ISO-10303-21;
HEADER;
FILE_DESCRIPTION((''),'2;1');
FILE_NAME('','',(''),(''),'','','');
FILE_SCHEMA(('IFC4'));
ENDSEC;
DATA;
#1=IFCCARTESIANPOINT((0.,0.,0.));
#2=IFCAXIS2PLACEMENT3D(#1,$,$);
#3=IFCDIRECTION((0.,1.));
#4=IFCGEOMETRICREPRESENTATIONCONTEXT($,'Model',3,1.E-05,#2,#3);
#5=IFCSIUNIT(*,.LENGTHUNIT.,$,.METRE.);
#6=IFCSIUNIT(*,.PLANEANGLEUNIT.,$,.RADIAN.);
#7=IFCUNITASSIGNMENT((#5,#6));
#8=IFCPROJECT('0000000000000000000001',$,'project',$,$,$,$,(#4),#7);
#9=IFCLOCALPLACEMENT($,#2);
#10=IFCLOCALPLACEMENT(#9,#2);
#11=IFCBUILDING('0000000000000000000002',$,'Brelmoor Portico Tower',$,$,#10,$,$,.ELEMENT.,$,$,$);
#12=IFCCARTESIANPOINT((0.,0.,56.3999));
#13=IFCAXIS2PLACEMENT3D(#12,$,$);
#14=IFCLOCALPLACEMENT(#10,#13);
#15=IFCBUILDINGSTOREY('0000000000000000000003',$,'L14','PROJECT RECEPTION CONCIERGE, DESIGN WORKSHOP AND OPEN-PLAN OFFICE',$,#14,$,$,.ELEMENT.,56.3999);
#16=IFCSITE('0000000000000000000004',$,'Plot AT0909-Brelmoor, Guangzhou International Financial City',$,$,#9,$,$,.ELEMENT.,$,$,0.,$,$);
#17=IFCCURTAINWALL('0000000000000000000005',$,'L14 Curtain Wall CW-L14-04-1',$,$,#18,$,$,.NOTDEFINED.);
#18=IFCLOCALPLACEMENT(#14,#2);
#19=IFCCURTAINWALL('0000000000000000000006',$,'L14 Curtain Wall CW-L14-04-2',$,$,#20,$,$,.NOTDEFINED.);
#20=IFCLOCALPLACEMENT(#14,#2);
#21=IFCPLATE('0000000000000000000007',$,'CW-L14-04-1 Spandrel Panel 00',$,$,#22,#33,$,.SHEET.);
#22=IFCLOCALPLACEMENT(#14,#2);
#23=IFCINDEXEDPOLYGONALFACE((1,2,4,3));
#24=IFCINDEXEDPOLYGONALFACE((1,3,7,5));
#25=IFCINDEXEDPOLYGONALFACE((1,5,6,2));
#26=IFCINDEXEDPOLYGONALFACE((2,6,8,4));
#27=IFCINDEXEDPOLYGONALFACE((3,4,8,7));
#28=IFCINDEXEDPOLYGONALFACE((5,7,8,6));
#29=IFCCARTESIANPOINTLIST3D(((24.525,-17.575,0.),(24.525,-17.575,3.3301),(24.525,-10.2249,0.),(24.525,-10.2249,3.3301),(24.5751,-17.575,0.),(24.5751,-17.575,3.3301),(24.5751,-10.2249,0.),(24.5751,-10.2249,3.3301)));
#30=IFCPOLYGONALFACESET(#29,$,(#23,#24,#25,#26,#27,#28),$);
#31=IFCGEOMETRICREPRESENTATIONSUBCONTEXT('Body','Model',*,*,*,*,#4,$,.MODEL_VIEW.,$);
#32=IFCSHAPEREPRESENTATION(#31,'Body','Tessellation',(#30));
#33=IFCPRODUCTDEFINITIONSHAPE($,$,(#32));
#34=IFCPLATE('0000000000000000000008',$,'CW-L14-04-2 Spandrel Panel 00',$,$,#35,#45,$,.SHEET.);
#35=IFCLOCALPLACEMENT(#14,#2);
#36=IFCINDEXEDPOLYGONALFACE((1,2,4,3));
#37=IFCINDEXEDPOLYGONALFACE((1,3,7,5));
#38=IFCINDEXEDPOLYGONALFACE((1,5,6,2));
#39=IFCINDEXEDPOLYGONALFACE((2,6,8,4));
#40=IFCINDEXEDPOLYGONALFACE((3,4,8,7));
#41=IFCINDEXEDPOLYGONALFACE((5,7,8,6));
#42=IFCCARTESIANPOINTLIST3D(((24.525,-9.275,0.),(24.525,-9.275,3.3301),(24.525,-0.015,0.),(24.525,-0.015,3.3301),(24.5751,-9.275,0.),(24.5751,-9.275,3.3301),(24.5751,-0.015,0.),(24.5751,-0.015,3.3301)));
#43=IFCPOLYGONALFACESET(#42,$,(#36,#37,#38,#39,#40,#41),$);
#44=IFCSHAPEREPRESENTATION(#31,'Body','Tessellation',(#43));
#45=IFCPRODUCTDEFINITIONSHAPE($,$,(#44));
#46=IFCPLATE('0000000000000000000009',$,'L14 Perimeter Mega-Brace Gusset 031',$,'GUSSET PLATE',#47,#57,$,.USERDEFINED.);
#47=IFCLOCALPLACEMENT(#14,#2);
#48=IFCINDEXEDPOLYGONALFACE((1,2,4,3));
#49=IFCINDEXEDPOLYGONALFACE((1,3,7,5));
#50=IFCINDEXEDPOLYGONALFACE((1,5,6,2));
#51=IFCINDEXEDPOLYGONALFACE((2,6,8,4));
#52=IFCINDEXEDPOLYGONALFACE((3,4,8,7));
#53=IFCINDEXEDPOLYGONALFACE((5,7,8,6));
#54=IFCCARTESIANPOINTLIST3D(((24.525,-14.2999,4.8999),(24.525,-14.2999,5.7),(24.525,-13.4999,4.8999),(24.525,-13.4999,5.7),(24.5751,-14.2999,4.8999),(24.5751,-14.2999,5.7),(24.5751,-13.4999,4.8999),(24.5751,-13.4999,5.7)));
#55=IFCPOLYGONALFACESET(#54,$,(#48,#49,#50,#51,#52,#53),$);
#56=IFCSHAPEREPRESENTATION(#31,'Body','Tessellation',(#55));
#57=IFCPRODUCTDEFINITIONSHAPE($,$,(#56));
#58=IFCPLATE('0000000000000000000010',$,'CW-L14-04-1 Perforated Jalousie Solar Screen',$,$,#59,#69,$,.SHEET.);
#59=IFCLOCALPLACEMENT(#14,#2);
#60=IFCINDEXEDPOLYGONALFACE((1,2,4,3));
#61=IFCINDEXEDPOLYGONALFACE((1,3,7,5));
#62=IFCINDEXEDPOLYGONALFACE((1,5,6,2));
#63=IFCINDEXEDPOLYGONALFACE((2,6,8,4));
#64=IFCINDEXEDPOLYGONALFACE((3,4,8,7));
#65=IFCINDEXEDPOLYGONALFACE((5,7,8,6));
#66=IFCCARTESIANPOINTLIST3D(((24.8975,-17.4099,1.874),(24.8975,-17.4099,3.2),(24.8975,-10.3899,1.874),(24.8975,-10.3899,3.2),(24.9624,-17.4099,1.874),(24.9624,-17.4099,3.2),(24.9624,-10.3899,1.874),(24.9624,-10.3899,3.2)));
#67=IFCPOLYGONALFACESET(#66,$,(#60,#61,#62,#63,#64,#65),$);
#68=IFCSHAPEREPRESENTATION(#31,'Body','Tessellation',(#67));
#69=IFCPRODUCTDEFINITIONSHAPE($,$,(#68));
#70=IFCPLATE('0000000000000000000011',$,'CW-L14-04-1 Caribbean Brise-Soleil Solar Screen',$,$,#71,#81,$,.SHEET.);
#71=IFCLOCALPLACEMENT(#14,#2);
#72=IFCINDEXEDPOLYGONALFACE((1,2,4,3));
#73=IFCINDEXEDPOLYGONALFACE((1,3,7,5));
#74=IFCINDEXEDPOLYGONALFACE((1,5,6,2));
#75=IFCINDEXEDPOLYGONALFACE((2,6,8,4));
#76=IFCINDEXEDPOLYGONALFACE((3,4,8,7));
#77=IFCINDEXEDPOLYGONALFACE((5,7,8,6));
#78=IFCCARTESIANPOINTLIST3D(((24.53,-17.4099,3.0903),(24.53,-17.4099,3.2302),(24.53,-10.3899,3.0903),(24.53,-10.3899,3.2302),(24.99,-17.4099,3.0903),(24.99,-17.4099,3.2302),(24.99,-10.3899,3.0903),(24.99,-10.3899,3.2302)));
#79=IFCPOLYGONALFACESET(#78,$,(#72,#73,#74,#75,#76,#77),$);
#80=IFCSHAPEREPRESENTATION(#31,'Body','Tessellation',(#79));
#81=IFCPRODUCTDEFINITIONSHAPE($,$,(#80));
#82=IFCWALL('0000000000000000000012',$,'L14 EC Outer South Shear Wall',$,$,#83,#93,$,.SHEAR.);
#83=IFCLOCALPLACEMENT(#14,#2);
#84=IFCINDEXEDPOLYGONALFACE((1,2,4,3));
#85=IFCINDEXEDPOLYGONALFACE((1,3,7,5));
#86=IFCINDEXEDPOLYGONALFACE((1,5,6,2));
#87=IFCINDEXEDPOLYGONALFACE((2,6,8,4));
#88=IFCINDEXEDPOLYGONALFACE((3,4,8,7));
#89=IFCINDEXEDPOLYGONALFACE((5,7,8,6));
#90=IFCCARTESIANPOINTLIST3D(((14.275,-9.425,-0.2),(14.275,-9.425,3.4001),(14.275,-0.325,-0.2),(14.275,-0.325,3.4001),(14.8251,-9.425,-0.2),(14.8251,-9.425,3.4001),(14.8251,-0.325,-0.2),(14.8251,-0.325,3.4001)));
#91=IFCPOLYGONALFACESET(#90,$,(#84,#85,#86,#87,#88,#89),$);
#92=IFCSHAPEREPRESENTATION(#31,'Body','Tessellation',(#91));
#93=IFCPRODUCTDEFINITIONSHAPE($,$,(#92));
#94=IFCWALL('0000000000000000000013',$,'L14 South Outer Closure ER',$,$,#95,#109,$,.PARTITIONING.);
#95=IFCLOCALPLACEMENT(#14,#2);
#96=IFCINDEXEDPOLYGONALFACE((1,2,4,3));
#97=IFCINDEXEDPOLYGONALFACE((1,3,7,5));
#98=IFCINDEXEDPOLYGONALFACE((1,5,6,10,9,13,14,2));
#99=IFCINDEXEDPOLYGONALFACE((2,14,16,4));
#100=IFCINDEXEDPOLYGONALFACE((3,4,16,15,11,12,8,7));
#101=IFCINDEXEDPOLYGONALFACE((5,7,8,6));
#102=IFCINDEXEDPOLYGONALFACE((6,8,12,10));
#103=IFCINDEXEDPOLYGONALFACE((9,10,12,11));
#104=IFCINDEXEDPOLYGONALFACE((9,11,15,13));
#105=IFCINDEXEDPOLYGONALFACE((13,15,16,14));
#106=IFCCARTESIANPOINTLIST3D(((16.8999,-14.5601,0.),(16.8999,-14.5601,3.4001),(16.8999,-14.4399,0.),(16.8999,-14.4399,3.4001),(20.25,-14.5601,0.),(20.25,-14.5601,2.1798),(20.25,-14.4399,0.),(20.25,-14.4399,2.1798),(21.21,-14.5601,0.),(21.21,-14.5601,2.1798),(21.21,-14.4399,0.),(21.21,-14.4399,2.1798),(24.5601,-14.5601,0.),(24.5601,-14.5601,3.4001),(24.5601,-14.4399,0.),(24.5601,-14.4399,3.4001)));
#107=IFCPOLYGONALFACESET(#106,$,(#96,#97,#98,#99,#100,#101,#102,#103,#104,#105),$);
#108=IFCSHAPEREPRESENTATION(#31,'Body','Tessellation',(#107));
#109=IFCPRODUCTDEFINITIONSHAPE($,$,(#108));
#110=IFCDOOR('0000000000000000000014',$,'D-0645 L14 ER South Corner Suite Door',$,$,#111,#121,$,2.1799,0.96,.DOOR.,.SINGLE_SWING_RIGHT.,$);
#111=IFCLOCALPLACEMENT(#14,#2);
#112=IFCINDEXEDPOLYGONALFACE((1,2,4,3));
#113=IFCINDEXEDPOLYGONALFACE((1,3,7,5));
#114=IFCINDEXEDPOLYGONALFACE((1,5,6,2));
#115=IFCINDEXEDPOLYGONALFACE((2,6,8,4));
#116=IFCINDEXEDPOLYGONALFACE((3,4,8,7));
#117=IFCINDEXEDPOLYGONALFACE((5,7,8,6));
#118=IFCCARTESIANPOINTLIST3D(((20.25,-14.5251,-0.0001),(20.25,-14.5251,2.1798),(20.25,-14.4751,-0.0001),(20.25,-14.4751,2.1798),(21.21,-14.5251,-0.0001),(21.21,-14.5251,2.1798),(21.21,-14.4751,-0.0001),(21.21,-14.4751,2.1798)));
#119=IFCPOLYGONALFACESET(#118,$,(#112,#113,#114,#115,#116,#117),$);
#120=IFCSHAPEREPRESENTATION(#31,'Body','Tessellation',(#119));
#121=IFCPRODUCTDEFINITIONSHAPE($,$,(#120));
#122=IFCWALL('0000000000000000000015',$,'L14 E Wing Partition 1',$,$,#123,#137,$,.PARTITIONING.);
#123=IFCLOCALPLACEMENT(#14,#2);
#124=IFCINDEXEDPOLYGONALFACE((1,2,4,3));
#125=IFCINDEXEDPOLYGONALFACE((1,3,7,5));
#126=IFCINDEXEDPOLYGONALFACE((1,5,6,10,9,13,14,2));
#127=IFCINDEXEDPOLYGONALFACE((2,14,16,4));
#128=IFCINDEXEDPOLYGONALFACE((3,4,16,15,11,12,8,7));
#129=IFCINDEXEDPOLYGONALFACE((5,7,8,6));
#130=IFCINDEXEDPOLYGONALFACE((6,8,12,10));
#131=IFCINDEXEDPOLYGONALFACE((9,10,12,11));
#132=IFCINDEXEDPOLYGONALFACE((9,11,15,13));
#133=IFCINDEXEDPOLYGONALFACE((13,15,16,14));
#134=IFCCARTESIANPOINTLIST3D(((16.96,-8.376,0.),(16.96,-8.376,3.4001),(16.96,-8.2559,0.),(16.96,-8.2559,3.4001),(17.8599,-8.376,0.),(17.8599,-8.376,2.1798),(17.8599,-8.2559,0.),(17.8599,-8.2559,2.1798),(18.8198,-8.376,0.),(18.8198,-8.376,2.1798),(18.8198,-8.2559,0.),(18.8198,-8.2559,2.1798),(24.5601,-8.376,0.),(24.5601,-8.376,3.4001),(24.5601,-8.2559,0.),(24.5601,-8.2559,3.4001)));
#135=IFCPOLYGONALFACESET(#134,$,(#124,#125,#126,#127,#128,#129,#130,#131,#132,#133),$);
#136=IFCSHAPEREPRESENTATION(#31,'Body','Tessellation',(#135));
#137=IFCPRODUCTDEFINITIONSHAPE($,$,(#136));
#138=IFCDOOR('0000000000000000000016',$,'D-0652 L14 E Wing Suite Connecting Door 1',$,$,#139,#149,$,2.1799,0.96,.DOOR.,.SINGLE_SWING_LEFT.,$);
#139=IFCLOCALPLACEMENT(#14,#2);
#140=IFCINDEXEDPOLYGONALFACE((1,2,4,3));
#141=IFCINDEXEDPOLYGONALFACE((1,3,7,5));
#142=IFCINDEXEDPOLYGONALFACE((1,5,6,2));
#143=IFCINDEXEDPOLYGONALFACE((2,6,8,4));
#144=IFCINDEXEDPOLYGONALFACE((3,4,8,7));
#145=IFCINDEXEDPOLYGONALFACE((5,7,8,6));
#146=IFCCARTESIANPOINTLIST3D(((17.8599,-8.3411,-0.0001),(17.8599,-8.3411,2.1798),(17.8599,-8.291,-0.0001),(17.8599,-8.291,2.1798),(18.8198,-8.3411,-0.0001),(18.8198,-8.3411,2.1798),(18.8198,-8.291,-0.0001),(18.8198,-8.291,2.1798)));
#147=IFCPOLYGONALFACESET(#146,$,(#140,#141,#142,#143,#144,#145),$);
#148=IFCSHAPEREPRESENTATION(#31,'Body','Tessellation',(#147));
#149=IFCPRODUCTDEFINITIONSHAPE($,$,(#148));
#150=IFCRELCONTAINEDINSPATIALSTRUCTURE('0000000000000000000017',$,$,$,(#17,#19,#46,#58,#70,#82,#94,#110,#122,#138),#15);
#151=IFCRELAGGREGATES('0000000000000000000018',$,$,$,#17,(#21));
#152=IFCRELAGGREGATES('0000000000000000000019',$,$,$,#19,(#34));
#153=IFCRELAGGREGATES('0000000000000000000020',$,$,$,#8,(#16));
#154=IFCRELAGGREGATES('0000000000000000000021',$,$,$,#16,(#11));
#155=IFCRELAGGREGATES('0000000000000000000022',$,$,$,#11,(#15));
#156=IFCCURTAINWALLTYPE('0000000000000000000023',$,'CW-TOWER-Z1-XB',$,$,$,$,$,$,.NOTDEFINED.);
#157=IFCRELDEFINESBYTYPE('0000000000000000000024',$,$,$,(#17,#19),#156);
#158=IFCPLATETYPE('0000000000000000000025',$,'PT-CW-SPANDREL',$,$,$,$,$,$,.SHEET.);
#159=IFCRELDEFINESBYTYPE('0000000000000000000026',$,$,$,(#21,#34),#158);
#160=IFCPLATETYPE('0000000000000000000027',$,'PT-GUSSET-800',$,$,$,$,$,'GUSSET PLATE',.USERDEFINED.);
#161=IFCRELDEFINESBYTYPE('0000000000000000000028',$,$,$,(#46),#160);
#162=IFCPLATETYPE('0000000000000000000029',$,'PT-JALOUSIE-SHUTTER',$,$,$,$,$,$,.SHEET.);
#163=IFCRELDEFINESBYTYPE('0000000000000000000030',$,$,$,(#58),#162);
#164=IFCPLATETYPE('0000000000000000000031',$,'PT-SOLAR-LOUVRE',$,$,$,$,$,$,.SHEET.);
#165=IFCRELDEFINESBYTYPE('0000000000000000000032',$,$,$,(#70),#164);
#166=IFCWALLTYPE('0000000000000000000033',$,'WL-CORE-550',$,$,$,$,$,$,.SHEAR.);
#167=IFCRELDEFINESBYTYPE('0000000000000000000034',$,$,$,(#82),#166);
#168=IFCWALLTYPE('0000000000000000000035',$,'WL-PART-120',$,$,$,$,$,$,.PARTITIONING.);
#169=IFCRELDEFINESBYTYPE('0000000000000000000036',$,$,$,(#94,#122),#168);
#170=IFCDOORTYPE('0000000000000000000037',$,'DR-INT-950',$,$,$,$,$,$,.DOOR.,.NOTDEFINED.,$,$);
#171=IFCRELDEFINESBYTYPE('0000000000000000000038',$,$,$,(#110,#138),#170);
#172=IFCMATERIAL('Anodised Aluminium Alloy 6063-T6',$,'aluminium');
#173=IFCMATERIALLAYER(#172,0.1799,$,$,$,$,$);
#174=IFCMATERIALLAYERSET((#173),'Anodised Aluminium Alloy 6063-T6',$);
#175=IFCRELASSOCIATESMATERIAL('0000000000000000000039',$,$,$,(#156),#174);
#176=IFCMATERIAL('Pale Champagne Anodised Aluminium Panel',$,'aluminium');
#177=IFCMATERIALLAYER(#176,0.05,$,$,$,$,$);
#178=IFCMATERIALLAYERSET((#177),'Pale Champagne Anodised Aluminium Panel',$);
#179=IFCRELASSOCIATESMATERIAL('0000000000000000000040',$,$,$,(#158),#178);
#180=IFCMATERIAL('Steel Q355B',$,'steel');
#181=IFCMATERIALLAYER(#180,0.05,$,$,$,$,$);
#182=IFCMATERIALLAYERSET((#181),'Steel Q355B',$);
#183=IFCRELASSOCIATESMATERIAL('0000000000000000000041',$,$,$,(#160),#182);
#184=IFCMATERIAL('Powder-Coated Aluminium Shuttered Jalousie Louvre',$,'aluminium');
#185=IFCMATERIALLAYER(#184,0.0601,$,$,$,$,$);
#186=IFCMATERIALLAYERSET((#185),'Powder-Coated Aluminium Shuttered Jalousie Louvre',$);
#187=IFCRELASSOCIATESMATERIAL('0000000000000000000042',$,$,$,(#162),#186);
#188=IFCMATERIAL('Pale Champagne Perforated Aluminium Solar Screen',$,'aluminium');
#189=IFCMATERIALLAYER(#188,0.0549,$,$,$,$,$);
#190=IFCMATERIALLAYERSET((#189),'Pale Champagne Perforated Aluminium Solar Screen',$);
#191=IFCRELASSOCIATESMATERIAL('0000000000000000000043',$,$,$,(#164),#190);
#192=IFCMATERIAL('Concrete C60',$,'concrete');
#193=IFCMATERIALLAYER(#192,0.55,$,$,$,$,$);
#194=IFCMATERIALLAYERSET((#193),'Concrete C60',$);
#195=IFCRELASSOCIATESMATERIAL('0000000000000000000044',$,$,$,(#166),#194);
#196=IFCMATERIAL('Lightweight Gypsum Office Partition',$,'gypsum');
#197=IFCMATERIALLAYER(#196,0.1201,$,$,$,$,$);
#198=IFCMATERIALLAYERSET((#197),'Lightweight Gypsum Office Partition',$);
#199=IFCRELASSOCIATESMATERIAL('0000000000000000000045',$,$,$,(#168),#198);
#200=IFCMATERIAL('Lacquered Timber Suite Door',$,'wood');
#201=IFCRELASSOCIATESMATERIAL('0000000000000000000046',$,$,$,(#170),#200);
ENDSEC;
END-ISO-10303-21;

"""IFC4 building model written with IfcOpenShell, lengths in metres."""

from ifc_helpers import new_model, si_unit, direction, frame, frame_2d, origin, origin_2d, place, context, subcontext, project, spatial, rectangle, extrude, material, layer, layer_set, type_object, element, fill, aggregate, save


model = new_model("IFC4")

# Units and contexts
model_context = context("Model", 3, precision=1e-05, world=origin(), true_north=direction((0.0, 1.0)))
body_context = subcontext(model_context, "Body", "Model", "MODEL_VIEW")
ifc_project = project(units=[si_unit("LENGTHUNIT", "METRE"), si_unit("PLANEANGLEUNIT", "RADIAN")], contexts=[model_context])

# Site, building, storey
site_placement = place(None, origin())
site = spatial("IfcSite", under=ifc_project, at=site_placement, Name="Plot AT0909-Brelmoor, Guangzhou International Financial City", CompositionType="ELEMENT", RefElevation=0.0)
building_placement = place(site_placement, origin())
building = spatial("IfcBuilding", under=site, at=building_placement, Name="Brelmoor Portico Tower", CompositionType="ELEMENT")
storey_placement = place(building_placement, frame((0.0, 0.0, 56.3999)))
storey = spatial("IfcBuildingStorey", under=building, at=storey_placement, Name="L14", Description="PROJECT RECEPTION CONCIERGE, DESIGN WORKSHOP AND OPEN-PLAN OFFICE", CompositionType="ELEMENT", Elevation=56.3999)

# Shared definitions
ifc_material_1 = material(Name="Steel Q355B", Category="steel")

# Curtain wall
ifc_material_2 = material(Name="Anodised Aluminium Alloy 6063-T6", Category="aluminium")
ifc_layer_1 = layer(ifc_material_2, 0.1799)
ifc_layer_set_1 = layer_set([ifc_layer_1], Name="Anodised Aluminium Alloy 6063-T6")
curtain_wall_type = type_object("IfcCurtainWallType", Name="CW-TOWER-Z1-XB", PredefinedType="NOTDEFINED", material=ifc_layer_set_1)
curtain_wall_1_placement = place(storey_placement, origin())
curtain_wall_1 = element("IfcCurtainWall", 1, at=curtain_wall_1_placement, inside=storey, type_object=curtain_wall_type, Name="L14 Curtain Wall CW-L14-04-1", PredefinedType="NOTDEFINED")

# Curtain wall
curtain_wall_2_placement = place(storey_placement, origin())
curtain_wall_2 = element("IfcCurtainWall", 2, at=curtain_wall_2_placement, inside=storey, type_object=curtain_wall_type, Name="L14 Curtain Wall CW-L14-04-2", PredefinedType="NOTDEFINED")

# Plates
ifc_material_3 = material(Name="Pale Champagne Anodised Aluminium Panel", Category="aluminium")
ifc_layer_2 = layer(ifc_material_3, 0.05)
ifc_layer_set_2 = layer_set([ifc_layer_2], Name="Pale Champagne Anodised Aluminium Panel")
plate_type_1 = type_object("IfcPlateType", Name="PT-CW-SPANDREL", PredefinedType="SHEET", material=ifc_layer_set_2)
plate_1_placement = place(storey_placement, frame((24.55, -13.8999, 0.0), z_axis=(0.0, 0.0, 1.0), x_axis=(0.0, 1.0, 0.0)))
plate_1 = element("IfcPlate", 3, at=plate_1_placement, type_object=plate_type_1, Name="CW-L14-04-1 Spandrel Panel 00", PredefinedType="SHEET", context=body_context, shape_type="SweptSolid", body=[
    extrude(rectangle(XDim=7.3501, YDim=0.05, at=origin_2d()), origin(), (0.0, 0.0, 1.0), 3.3301),
])
aggregate(curtain_wall_1, [plate_1])
plate_2_placement = place(storey_placement, frame((24.55, -4.645, 0.0), z_axis=(0.0, 0.0, 1.0), x_axis=(0.0, 1.0, 0.0)))
plate_2 = element("IfcPlate", 4, at=plate_2_placement, type_object=plate_type_1, Name="CW-L14-04-2 Spandrel Panel 00", PredefinedType="SHEET", context=body_context, shape_type="SweptSolid", body=[
    extrude(rectangle(XDim=9.26, YDim=0.05, at=origin_2d()), origin(), (0.0, 0.0, 1.0), 3.3301),
])
aggregate(curtain_wall_2, [plate_2])

# Plates
ifc_layer_3 = layer(ifc_material_1, 0.05)
ifc_layer_set_3 = layer_set([ifc_layer_3], Name="Steel Q355B")
plate_type_2 = type_object("IfcPlateType", Name="PT-GUSSET-800", ElementType="GUSSET PLATE", PredefinedType="USERDEFINED", material=ifc_layer_set_3)
plate_3_placement = place(storey_placement, frame((24.55, -13.8999, 4.8999), z_axis=(0.0, 0.0, 1.0), x_axis=(1.0, 0.0, 0.0)))
element("IfcPlate", 5, at=plate_3_placement, inside=storey, type_object=plate_type_2, Name="L14 Perimeter Mega-Brace Gusset 031", ObjectType="GUSSET PLATE", PredefinedType="USERDEFINED", context=body_context, shape_type="SweptSolid", body=[
    extrude(rectangle(XDim=0.05, YDim=0.8, at=origin_2d()), origin(), (0.0, 0.0, 1.0), 0.8),
])
ifc_material_4 = material(Name="Powder-Coated Aluminium Shuttered Jalousie Louvre", Category="aluminium")
ifc_layer_4 = layer(ifc_material_4, 0.0601)
ifc_layer_set_4 = layer_set([ifc_layer_4], Name="Powder-Coated Aluminium Shuttered Jalousie Louvre")
plate_type_3 = type_object("IfcPlateType", Name="PT-JALOUSIE-SHUTTER", PredefinedType="SHEET", material=ifc_layer_set_4)
plate_4_placement = place(storey_placement, frame((24.9299, -13.8999, 1.874), z_axis=(0.0, 0.0, 1.0), x_axis=(0.0, 1.0, 0.0)))
element("IfcPlate", 6, at=plate_4_placement, inside=storey, type_object=plate_type_3, Name="CW-L14-04-1 Perforated Jalousie Solar Screen", PredefinedType="SHEET", context=body_context, shape_type="SweptSolid", body=[
    extrude(rectangle(XDim=7.02, YDim=0.0649, at=origin_2d()), origin(), (0.0, 0.0, 1.0), 1.3259),
])
ifc_material_5 = material(Name="Pale Champagne Perforated Aluminium Solar Screen", Category="aluminium")
ifc_layer_5 = layer(ifc_material_5, 0.0549)
ifc_layer_set_5 = layer_set([ifc_layer_5], Name="Pale Champagne Perforated Aluminium Solar Screen")
plate_type_4 = type_object("IfcPlateType", Name="PT-SOLAR-LOUVRE", PredefinedType="SHEET", material=ifc_layer_set_5)
plate_5_placement = place(storey_placement, frame((24.76, -13.8999, 3.0903), z_axis=(0.0, 0.0, 1.0), x_axis=(0.0, 1.0, 0.0)))
element("IfcPlate", 7, at=plate_5_placement, inside=storey, type_object=plate_type_4, Name="CW-L14-04-1 Caribbean Brise-Soleil Solar Screen", PredefinedType="SHEET", context=body_context, shape_type="SweptSolid", body=[
    extrude(rectangle(XDim=7.02, YDim=0.46, at=origin_2d()), origin(), (0.0, 0.0, 1.0), 0.1399),
])

# Wall
ifc_material_6 = material(Name="Concrete C60", Category="concrete")
ifc_layer_6 = layer(ifc_material_6, 0.55)
ifc_layer_set_6 = layer_set([ifc_layer_6], Name="Concrete C60")
wall_type_1 = type_object("IfcWallType", Name="WL-CORE-550", PredefinedType="SHEAR", material=ifc_layer_set_6)
wall_1_placement = place(storey_placement, frame((14.55, -9.425, -0.2), z_axis=(0.0, 0.0, 1.0), x_axis=(0.0, 1.0, 0.0)))
element("IfcWall", 8, at=wall_1_placement, inside=storey, type_object=wall_type_1, Name="L14 EC Outer South Shear Wall", PredefinedType="SHEAR", context=body_context, shape_type="SweptSolid", body=[
    extrude(rectangle(XDim=9.1001, YDim=0.55, at=frame_2d((4.55, 0.0))), origin(), (0.0, 0.0, 1.0), 3.6001),
])

# Walls, openings, doors
ifc_material_7 = material(Name="Lightweight Gypsum Office Partition", Category="gypsum")
ifc_layer_7 = layer(ifc_material_7, 0.1201)
ifc_layer_set_7 = layer_set([ifc_layer_7], Name="Lightweight Gypsum Office Partition")
wall_type_2 = type_object("IfcWallType", Name="WL-PART-120", PredefinedType="PARTITIONING", material=ifc_layer_set_7)
wall_2_placement = place(storey_placement, frame((16.8999, -14.5, 0.0), z_axis=(0.0, 0.0, 1.0), x_axis=(1.0, 0.0, 0.0)))
wall_2 = element("IfcWall", 9, at=wall_2_placement, inside=storey, type_object=wall_type_2, Name="L14 South Outer Closure ER", PredefinedType="PARTITIONING", context=body_context, shape_type="SweptSolid", body=[
    extrude(rectangle(XDim=7.6602, YDim=0.1201, at=frame_2d((3.8301, 0.0))), origin(), (0.0, 0.0, 1.0), 3.4001),
])
opening_1_placement = place(wall_2_placement, frame((3.3501, 0.0, 0.0)))
opening_1 = element("IfcOpeningElement", 10, at=opening_1_placement, cuts=wall_2, PredefinedType="OPENING", context=body_context, shape_type="SweptSolid", body=[
    extrude(rectangle(XDim=0.96, YDim=2.1799, at=frame_2d((0.48, 1.0898))), frame((0.0, 0.0701, 0.0), z_axis=(0.0, -1.0, 0.0), x_axis=(1.0, 0.0, 0.0)), (0.0, 0.0, 1.0), 0.1401),
])
ifc_material_8 = material(Name="Lacquered Timber Suite Door", Category="wood")
door_type_1 = type_object("IfcDoorType", Name="DR-INT-950", OperationType="NOTDEFINED", PredefinedType="DOOR", material=ifc_material_8)
door_1_placement = place(opening_1_placement, origin())
door_1 = element("IfcDoor", 11, at=door_1_placement, inside=storey, type_object=door_type_1, Name="D-0645 L14 ER South Corner Suite Door", OperationType="SINGLE_SWING_RIGHT", OverallHeight=2.1799, OverallWidth=0.96, PredefinedType="DOOR", context=body_context, shape_type="SweptSolid", body=[
    extrude(rectangle(XDim=0.96, YDim=2.1799, at=frame_2d((0.48, 1.0898))), frame((0.0, 0.0249, 0.0), z_axis=(0.0, -1.0, 0.0), x_axis=(1.0, 0.0, 0.0)), (0.0, 0.0, 1.0), 0.05),
])
fill(opening_1, door_1)
wall_3_placement = place(storey_placement, frame((16.96, -8.3159, 0.0), z_axis=(0.0, 0.0, 1.0), x_axis=(1.0, 0.0, 0.0)))
wall_3 = element("IfcWall", 12, at=wall_3_placement, inside=storey, type_object=wall_type_2, Name="L14 E Wing Partition 1", PredefinedType="PARTITIONING", context=body_context, shape_type="SweptSolid", body=[
    extrude(rectangle(XDim=7.6001, YDim=0.1201, at=frame_2d((3.8, 0.0))), origin(), (0.0, 0.0, 1.0), 3.4001),
])
opening_2_placement = place(wall_3_placement, frame((0.8999, 0.0, 0.0)))
opening_2 = element("IfcOpeningElement", 13, at=opening_2_placement, cuts=wall_3, PredefinedType="OPENING", context=body_context, shape_type="SweptSolid", body=[
    extrude(rectangle(XDim=0.96, YDim=2.1799, at=frame_2d((0.48, 1.0898))), frame((0.0, 0.0701, 0.0), z_axis=(0.0, -1.0, 0.0), x_axis=(1.0, 0.0, 0.0)), (0.0, 0.0, 1.0), 0.1401),
])
door_2_placement = place(opening_2_placement, origin())
door_2 = element("IfcDoor", 14, at=door_2_placement, inside=storey, type_object=door_type_1, Name="D-0652 L14 E Wing Suite Connecting Door 1", OperationType="SINGLE_SWING_LEFT", OverallHeight=2.1799, OverallWidth=0.96, PredefinedType="DOOR", context=body_context, shape_type="SweptSolid", body=[
    extrude(rectangle(XDim=0.96, YDim=2.1799, at=frame_2d((0.48, 1.0898))), frame((0.0, 0.0249, 0.0), z_axis=(0.0, -1.0, 0.0), x_axis=(1.0, 0.0, 0.0)), (0.0, 0.0, 1.0), 0.05),
])
fill(opening_2, door_2)

save(model, "model.ifc")
